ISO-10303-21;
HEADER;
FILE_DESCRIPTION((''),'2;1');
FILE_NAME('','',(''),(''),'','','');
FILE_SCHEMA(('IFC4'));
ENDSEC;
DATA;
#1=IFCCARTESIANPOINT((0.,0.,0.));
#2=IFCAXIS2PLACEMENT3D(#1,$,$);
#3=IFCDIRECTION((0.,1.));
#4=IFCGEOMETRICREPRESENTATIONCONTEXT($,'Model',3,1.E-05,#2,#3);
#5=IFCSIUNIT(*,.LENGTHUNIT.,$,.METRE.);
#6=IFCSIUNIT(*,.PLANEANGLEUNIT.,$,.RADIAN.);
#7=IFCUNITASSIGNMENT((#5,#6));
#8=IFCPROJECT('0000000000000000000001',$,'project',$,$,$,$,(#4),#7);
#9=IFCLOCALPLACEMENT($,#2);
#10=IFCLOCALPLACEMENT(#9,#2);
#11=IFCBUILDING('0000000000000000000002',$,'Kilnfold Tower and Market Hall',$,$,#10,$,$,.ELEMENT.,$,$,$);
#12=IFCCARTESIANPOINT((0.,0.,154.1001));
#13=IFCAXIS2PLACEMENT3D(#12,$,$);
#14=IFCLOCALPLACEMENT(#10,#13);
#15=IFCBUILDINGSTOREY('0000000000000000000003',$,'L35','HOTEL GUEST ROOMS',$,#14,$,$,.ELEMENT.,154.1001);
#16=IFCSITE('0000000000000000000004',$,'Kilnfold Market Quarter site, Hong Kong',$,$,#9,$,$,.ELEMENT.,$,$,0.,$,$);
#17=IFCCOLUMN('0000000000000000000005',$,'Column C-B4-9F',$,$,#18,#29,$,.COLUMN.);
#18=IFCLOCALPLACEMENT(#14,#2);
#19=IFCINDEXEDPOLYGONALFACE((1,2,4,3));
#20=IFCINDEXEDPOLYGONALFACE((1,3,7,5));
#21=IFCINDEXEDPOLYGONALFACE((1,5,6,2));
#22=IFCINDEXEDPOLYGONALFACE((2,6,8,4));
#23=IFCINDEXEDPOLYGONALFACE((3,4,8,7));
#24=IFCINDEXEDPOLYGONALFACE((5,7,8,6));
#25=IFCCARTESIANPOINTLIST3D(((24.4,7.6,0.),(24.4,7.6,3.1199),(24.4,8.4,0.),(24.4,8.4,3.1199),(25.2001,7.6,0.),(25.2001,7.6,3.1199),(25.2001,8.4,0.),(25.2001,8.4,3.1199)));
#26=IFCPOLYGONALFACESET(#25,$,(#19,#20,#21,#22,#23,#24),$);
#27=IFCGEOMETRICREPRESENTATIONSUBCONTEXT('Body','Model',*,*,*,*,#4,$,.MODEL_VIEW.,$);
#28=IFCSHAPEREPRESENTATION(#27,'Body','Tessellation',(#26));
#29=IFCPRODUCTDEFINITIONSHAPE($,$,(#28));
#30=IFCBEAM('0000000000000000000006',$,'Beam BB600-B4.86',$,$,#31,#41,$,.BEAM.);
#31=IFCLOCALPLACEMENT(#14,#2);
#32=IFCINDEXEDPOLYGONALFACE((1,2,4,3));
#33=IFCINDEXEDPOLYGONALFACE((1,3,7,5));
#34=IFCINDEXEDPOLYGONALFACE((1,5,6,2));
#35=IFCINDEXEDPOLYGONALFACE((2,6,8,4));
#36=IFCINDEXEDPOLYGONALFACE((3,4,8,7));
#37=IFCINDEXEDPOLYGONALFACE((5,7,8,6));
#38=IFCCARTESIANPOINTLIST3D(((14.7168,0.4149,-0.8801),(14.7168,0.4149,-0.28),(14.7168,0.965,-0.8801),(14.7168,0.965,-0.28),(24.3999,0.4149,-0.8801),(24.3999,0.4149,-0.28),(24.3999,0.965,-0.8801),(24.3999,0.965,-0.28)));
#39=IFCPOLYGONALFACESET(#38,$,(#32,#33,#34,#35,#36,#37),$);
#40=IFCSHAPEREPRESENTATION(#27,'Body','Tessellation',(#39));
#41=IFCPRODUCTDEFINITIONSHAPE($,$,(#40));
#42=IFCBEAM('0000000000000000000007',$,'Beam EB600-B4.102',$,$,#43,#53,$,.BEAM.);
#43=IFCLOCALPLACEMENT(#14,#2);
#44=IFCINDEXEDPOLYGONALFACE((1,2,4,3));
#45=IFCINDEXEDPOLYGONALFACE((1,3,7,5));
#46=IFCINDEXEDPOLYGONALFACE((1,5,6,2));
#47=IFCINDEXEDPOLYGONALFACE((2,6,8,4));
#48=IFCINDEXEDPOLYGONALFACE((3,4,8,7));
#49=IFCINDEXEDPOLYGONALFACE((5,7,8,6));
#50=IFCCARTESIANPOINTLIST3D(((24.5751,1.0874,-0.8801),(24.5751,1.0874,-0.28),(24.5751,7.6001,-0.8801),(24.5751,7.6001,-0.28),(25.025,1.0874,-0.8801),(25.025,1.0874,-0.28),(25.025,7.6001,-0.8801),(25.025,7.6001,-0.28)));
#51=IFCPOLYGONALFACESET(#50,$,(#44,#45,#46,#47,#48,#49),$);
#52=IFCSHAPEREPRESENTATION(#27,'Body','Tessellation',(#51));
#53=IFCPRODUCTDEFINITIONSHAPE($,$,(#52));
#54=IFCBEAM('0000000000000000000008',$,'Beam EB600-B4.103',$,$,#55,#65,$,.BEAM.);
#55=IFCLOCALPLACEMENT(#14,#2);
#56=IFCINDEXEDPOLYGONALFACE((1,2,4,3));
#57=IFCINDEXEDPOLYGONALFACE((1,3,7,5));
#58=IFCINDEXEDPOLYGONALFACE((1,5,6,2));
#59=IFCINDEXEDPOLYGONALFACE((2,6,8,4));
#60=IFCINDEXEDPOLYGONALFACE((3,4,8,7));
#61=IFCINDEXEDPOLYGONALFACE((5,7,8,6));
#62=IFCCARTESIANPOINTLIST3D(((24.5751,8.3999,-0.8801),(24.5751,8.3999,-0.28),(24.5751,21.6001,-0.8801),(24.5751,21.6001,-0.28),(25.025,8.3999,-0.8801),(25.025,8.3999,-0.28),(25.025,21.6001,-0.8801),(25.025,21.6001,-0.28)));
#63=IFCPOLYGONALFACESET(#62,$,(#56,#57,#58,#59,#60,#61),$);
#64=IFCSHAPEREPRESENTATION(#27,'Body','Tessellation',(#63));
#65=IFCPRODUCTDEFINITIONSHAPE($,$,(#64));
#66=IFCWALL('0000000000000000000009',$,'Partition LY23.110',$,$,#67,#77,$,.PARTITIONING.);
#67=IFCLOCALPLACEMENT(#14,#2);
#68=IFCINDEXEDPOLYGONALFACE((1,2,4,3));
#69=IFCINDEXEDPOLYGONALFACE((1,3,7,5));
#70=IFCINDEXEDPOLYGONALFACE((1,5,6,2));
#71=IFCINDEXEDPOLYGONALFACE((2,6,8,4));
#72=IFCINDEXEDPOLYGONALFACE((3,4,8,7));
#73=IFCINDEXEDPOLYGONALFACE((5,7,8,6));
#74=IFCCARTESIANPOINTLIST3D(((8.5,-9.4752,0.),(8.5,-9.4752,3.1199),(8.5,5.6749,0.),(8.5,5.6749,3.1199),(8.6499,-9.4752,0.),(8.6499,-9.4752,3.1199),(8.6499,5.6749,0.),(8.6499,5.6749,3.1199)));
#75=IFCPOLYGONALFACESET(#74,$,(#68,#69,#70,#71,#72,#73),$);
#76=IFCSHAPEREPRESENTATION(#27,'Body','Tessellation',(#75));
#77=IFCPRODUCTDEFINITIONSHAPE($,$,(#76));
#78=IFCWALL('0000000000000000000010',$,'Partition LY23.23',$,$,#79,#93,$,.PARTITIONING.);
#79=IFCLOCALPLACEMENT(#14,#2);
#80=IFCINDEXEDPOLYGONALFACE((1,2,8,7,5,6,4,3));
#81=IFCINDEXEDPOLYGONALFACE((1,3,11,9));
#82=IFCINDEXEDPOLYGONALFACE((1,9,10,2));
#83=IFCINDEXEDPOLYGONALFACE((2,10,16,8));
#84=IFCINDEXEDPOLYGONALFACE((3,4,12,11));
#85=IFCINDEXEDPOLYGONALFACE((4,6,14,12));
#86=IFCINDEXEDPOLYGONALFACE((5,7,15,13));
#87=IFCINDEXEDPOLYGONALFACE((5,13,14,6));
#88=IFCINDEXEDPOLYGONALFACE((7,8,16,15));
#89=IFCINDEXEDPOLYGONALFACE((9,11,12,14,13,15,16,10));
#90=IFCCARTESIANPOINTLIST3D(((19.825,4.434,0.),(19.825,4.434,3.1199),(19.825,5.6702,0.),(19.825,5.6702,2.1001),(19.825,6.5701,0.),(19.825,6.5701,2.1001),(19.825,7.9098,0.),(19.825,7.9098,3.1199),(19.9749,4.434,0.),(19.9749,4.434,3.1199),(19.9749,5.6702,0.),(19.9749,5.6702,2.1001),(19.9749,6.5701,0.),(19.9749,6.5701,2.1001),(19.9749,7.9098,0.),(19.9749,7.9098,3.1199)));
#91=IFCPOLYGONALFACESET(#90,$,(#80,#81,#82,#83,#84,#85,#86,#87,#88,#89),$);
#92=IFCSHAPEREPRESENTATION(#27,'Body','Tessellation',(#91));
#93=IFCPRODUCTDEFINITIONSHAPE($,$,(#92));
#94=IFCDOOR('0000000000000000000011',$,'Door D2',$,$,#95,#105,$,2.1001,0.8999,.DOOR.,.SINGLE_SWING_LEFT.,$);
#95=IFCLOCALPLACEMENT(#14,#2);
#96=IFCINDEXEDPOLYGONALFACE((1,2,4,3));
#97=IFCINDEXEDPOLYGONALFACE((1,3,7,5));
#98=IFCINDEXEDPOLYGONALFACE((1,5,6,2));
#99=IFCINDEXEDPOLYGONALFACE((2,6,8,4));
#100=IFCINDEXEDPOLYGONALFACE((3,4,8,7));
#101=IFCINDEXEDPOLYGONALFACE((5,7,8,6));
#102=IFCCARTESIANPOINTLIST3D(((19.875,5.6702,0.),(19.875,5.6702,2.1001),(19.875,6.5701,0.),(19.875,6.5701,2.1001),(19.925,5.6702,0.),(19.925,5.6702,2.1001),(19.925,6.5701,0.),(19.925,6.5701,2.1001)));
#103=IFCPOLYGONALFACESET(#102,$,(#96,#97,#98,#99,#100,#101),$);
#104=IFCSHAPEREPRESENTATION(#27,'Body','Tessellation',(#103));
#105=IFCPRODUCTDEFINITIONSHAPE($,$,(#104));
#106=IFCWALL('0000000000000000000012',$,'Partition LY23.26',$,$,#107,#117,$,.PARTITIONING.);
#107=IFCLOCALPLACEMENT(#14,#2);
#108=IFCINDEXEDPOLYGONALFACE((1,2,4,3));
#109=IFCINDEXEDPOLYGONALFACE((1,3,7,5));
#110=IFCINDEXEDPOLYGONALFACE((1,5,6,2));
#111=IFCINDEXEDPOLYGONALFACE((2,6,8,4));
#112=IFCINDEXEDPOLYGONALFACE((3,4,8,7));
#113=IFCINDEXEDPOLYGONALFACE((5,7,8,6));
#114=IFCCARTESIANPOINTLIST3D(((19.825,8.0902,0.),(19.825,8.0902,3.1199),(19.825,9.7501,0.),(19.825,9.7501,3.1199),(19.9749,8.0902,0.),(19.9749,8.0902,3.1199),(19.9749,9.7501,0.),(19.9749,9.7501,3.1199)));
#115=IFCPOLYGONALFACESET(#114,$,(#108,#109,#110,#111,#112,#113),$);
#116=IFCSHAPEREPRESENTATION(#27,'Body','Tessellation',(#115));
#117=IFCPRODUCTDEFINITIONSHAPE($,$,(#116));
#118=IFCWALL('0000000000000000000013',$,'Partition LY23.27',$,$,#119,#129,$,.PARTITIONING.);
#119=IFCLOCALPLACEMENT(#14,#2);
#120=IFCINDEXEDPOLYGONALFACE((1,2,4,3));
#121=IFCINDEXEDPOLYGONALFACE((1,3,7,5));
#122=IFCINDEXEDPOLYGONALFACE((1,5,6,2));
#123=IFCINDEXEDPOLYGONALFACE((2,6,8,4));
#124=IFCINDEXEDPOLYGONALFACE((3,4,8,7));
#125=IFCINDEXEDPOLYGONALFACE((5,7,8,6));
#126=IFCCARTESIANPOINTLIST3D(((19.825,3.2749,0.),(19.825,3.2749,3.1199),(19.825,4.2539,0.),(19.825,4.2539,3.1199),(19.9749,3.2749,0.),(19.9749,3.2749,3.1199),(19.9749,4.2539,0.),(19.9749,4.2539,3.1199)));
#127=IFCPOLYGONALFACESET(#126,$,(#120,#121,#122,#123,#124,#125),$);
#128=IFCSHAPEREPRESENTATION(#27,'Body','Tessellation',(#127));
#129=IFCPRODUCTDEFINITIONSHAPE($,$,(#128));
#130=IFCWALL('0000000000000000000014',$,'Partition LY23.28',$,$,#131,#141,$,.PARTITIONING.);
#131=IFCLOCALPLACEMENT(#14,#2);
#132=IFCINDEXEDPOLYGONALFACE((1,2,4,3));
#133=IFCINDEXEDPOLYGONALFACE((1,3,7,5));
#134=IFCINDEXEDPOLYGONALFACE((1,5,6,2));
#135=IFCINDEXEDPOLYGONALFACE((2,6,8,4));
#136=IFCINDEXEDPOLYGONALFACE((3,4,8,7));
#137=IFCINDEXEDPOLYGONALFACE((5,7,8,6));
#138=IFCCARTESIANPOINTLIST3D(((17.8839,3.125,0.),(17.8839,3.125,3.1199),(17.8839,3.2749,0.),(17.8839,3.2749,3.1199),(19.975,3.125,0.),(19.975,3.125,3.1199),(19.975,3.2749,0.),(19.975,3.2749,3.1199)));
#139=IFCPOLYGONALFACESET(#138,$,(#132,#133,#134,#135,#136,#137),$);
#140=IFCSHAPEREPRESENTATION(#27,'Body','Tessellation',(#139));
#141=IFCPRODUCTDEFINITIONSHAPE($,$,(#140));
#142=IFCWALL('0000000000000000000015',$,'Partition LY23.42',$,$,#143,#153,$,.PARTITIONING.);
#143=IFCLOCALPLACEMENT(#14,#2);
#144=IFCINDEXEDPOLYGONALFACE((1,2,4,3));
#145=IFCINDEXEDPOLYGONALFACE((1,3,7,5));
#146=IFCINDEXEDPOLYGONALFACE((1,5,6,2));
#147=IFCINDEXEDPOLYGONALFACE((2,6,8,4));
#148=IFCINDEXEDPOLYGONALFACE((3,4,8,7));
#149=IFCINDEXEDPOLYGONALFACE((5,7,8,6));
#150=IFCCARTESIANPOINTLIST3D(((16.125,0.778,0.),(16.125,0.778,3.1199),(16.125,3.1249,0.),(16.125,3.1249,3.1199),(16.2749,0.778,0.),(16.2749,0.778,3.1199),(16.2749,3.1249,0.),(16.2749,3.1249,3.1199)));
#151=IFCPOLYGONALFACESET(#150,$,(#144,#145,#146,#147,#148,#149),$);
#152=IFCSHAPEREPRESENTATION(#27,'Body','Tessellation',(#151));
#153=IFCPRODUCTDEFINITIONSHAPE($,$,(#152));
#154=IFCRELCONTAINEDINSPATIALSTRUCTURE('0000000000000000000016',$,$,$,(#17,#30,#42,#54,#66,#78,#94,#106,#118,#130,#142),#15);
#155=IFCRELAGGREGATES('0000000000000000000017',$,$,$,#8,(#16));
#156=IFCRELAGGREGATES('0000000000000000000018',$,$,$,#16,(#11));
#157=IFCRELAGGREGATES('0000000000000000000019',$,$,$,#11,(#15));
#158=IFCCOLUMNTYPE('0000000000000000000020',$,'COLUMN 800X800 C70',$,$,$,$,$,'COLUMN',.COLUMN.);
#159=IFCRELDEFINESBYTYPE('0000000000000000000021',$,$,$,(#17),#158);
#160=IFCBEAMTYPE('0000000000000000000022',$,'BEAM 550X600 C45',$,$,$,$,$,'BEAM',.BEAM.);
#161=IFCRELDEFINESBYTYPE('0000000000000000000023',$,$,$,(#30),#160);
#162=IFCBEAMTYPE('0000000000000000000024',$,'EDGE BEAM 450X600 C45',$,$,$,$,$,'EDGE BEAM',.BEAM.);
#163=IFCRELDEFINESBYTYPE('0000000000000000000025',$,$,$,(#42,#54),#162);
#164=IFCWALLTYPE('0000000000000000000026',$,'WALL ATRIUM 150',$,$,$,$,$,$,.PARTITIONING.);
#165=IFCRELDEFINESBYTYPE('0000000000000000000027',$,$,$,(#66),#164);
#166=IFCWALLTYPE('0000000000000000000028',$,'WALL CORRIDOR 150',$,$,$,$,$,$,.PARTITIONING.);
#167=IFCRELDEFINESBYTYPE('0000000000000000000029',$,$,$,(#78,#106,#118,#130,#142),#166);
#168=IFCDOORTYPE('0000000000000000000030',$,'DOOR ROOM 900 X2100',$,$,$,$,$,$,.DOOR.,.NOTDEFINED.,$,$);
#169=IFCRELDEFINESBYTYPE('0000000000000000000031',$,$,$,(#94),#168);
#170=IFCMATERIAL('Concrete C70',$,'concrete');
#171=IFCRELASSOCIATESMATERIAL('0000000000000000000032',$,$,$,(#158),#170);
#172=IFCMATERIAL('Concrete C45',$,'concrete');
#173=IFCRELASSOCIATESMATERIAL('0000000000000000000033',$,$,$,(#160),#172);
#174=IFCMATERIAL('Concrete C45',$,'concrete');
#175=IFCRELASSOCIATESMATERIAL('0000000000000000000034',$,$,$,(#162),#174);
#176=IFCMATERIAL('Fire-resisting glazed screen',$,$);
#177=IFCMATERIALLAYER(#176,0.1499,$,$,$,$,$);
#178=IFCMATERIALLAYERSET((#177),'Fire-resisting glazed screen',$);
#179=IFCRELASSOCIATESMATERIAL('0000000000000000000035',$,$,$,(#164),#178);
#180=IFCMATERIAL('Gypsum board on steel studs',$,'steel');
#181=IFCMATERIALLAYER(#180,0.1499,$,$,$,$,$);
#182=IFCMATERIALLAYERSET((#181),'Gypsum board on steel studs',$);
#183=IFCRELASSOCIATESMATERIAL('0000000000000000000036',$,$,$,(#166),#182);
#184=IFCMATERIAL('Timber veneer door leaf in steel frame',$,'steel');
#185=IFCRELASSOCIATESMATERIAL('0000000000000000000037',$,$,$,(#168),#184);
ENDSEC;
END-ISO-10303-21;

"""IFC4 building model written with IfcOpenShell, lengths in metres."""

from ifc_helpers import new_model, si_unit, direction, frame, frame_2d, origin, origin_2d, place, context, subcontext, project, spatial, rectangle, extrude, source, transform, mapped, material, layer, layer_set, material_profile, profile_set, type_object, element, fill, save


model = new_model("IFC4")

# Units and contexts
model_context = context("Model", 3, precision=1e-05, world=origin(), true_north=direction((0.0, 1.0)))
body_context = subcontext(model_context, "Body", "Model", "MODEL_VIEW")
ifc_project = project(units=[si_unit("LENGTHUNIT", "METRE"), si_unit("PLANEANGLEUNIT", "RADIAN")], contexts=[model_context])

# Site, building, storey
site_placement = place(None, origin())
site = spatial("IfcSite", under=ifc_project, at=site_placement, Name="Kilnfold Market Quarter site, Hong Kong", CompositionType="ELEMENT", RefElevation=0.0)
building_placement = place(site_placement, origin())
building = spatial("IfcBuilding", under=site, at=building_placement, Name="Kilnfold Tower and Market Hall", CompositionType="ELEMENT")
storey_placement = place(building_placement, frame((0.0, 0.0, 154.1001)))
storey = spatial("IfcBuildingStorey", under=building, at=storey_placement, Name="L35", Description="HOTEL GUEST ROOMS", CompositionType="ELEMENT", Elevation=154.1001)

# Column
ifc_material_1 = material(Name="Concrete C70", Category="concrete")
ifc_material_profile_1 = material_profile(ifc_material_1, rectangle(XDim=0.8, YDim=0.8, at=origin_2d()), Name="RC 800x800")
ifc_profile_set_1 = profile_set([ifc_material_profile_1], Name="Concrete C70")
column_type = type_object("IfcColumnType", Name="COLUMN 800X800 C70", ElementType="COLUMN", PredefinedType="COLUMN", material=ifc_profile_set_1)
shared_shape_1 = source(origin(), body_context, "Body", "SweptSolid", [
    extrude(rectangle(XDim=0.8, YDim=0.8, at=origin_2d()), origin(), (0.0, 0.0, 1.0), 3.1199),
])
column_placement = place(storey_placement, frame((24.8, 8.0, 0.0), z_axis=(0.0, 0.0, 1.0), x_axis=(1.0, 0.0, 0.0)))
element("IfcColumn", 1, at=column_placement, inside=storey, type_object=column_type, Name="Column C-B4-9F", PredefinedType="COLUMN", context=body_context, shape_type="MappedRepresentation", body=[
    mapped(shared_shape_1, transform((0.0, 0.0, 0.0))),
])

# Beams
ifc_material_2 = material(Name="Concrete C45", Category="concrete")
ifc_material_profile_2 = material_profile(ifc_material_2, rectangle(XDim=0.55, YDim=0.6001, at=origin_2d()), Name="RC 550x600")
ifc_profile_set_2 = profile_set([ifc_material_profile_2], Name="Concrete C45")
beam_type_1 = type_object("IfcBeamType", Name="BEAM 550X600 C45", ElementType="BEAM", PredefinedType="BEAM", material=ifc_profile_set_2)
shared_shape_2 = source(origin(), body_context, "Body", "SweptSolid", [
    extrude(rectangle(XDim=0.55, YDim=0.6001, at=origin_2d()), origin(), (0.0, 0.0, 1.0), 9.6831),
])
beam_1_placement = place(storey_placement, frame((14.7168, 0.6899, -0.5801), z_axis=(1.0, 0.0, 0.0), x_axis=(0.0, 1.0, 0.0)))
element("IfcBeam", 2, at=beam_1_placement, inside=storey, type_object=beam_type_1, Name="Beam BB600-B4.86", PredefinedType="BEAM", context=body_context, shape_type="MappedRepresentation", body=[
    mapped(shared_shape_2, transform((0.0, 0.0, 0.0))),
])
ifc_material_3 = material(Name="Concrete C45", Category="concrete")
ifc_material_profile_3 = material_profile(ifc_material_3, rectangle(XDim=0.45, YDim=0.6001, at=origin_2d()), Name="RC 450x600")
ifc_profile_set_3 = profile_set([ifc_material_profile_3], Name="Concrete C45")
beam_type_2 = type_object("IfcBeamType", Name="EDGE BEAM 450X600 C45", ElementType="EDGE BEAM", PredefinedType="BEAM", material=ifc_profile_set_3)
shared_shape_3 = source(origin(), body_context, "Body", "SweptSolid", [
    extrude(rectangle(XDim=0.45, YDim=0.6001, at=origin_2d()), origin(), (0.0, 0.0, 1.0), 6.5127),
])
beam_2_placement = place(storey_placement, frame((24.8, 1.0874, -0.5801), z_axis=(0.0, 1.0, 0.0), x_axis=(-1.0, 0.0, 0.0)))
element("IfcBeam", 3, at=beam_2_placement, inside=storey, type_object=beam_type_2, Name="Beam EB600-B4.102", PredefinedType="BEAM", context=body_context, shape_type="MappedRepresentation", body=[
    mapped(shared_shape_3, transform((0.0, 0.0, 0.0))),
])
shared_shape_4 = source(origin(), body_context, "Body", "SweptSolid", [
    extrude(rectangle(XDim=0.45, YDim=0.6001, at=origin_2d()), origin(), (0.0, 0.0, 1.0), 13.2002),
])
beam_3_placement = place(storey_placement, frame((24.8, 8.3999, -0.5801), z_axis=(0.0, 1.0, 0.0), x_axis=(-1.0, 0.0, 0.0)))
element("IfcBeam", 4, at=beam_3_placement, inside=storey, type_object=beam_type_2, Name="Beam EB600-B4.103", PredefinedType="BEAM", context=body_context, shape_type="MappedRepresentation", body=[
    mapped(shared_shape_4, transform((0.0, 0.0, 0.0))),
])

# Wall
ifc_material_4 = material(Name="Fire-resisting glazed screen")
ifc_layer_1 = layer(ifc_material_4, 0.1499)
ifc_layer_set_1 = layer_set([ifc_layer_1], Name="Fire-resisting glazed screen")
wall_type_1 = type_object("IfcWallType", Name="WALL ATRIUM 150", PredefinedType="PARTITIONING", material=ifc_layer_set_1)
wall_1_placement = place(storey_placement, frame((8.575, 5.675, 0.0), z_axis=(0.0, 0.0, 1.0), x_axis=(0.0, -1.0, 0.0)))
element("IfcWall", 5, at=wall_1_placement, inside=storey, type_object=wall_type_1, Name="Partition LY23.110", PredefinedType="PARTITIONING", context=body_context, shape_type="SweptSolid", body=[
    extrude(rectangle(XDim=15.1501, YDim=0.1499, at=frame_2d((7.5752, 0.0))), origin(), (0.0, 0.0, 1.0), 3.1199),
])

# Wall, opening, door
ifc_material_5 = material(Name="Gypsum board on steel studs", Category="steel")
ifc_layer_2 = layer(ifc_material_5, 0.1499)
ifc_layer_set_2 = layer_set([ifc_layer_2], Name="Gypsum board on steel studs")
wall_type_2 = type_object("IfcWallType", Name="WALL CORRIDOR 150", PredefinedType="PARTITIONING", material=ifc_layer_set_2)
wall_2_placement = place(storey_placement, frame((19.8999, 4.4341, 0.0), z_axis=(0.0, 0.0, 1.0), x_axis=(0.0, 1.0, 0.0)))
wall_2 = element("IfcWall", 6, at=wall_2_placement, inside=storey, type_object=wall_type_2, Name="Partition LY23.23", PredefinedType="PARTITIONING", context=body_context, shape_type="SweptSolid", body=[
    extrude(rectangle(XDim=3.4758, YDim=0.1499, at=frame_2d((1.7378, 0.0))), origin(), (0.0, 0.0, 1.0), 3.1199),
])
opening_1_placement = place(wall_2_placement, frame((1.2361, 0.0, 0.0)))
opening_1 = element("IfcOpeningElement", 7, at=opening_1_placement, cuts=wall_2, PredefinedType="OPENING", context=body_context, shape_type="SweptSolid", body=[
    extrude(rectangle(XDim=0.8999, YDim=2.1001, at=frame_2d((0.45, 1.05))), frame((0.0, 0.085, 0.0), z_axis=(0.0, -1.0, 0.0), x_axis=(1.0, 0.0, 0.0)), (0.0, 0.0, 1.0), 0.1699),
])
ifc_material_6 = material(Name="Timber veneer door leaf in steel frame", Category="steel")
door_type_1 = type_object("IfcDoorType", Name="DOOR ROOM 900 X2100", OperationType="NOTDEFINED", PredefinedType="DOOR", material=ifc_material_6)
door_1_placement = place(opening_1_placement, origin())
door_1 = element("IfcDoor", 8, at=door_1_placement, inside=storey, type_object=door_type_1, Name="Door D2", OperationType="SINGLE_SWING_LEFT", OverallHeight=2.1001, OverallWidth=0.8999, PredefinedType="DOOR", context=body_context, shape_type="SweptSolid", body=[
    extrude(rectangle(XDim=0.8999, YDim=2.1001, at=frame_2d((0.45, 1.05))), frame((0.0, 0.0249, 0.0), z_axis=(0.0, -1.0, 0.0), x_axis=(1.0, 0.0, 0.0)), (0.0, 0.0, 1.0), 0.05),
])
fill(opening_1, door_1)

# Walls
wall_3_placement = place(storey_placement, frame((19.8999, 8.0901, 0.0), z_axis=(0.0, 0.0, 1.0), x_axis=(0.0, 1.0, 0.0)))
element("IfcWall", 9, at=wall_3_placement, inside=storey, type_object=wall_type_2, Name="Partition LY23.26", PredefinedType="PARTITIONING", context=body_context, shape_type="SweptSolid", body=[
    extrude(rectangle(XDim=1.6599, YDim=0.1499, at=frame_2d((0.8301, 0.0))), origin(), (0.0, 0.0, 1.0), 3.1199),
])
wall_4_placement = place(storey_placement, frame((19.8999, 3.2749, 0.0), z_axis=(0.0, 0.0, 1.0), x_axis=(0.0, 1.0, 0.0)))
element("IfcWall", 10, at=wall_4_placement, inside=storey, type_object=wall_type_2, Name="Partition LY23.27", PredefinedType="PARTITIONING", context=body_context, shape_type="SweptSolid", body=[
    extrude(rectangle(XDim=0.979, YDim=0.1499, at=frame_2d((0.4895, 0.0))), origin(), (0.0, 0.0, 1.0), 3.1199),
])
wall_5_placement = place(storey_placement, frame((17.884, 3.2, 0.0), z_axis=(0.0, 0.0, 1.0), x_axis=(1.0, 0.0, 0.0)))
element("IfcWall", 11, at=wall_5_placement, inside=storey, type_object=wall_type_2, Name="Partition LY23.28", PredefinedType="PARTITIONING", context=body_context, shape_type="SweptSolid", body=[
    extrude(rectangle(XDim=2.0911, YDim=0.1499, at=frame_2d((1.0454, 0.0))), origin(), (0.0, 0.0, 1.0), 3.1199),
])
wall_6_placement = place(storey_placement, frame((16.2, 0.7781, 0.0), z_axis=(0.0, 0.0, 1.0), x_axis=(0.0, 1.0, 0.0)))
element("IfcWall", 12, at=wall_6_placement, inside=storey, type_object=wall_type_2, Name="Partition LY23.42", PredefinedType="PARTITIONING", context=body_context, shape_type="SweptSolid", body=[
    extrude(rectangle(XDim=2.3469, YDim=0.1499, at=frame_2d((1.1733, 0.0))), origin(), (0.0, 0.0, 1.0), 3.1199),
])

save(model, "model.ifc")
